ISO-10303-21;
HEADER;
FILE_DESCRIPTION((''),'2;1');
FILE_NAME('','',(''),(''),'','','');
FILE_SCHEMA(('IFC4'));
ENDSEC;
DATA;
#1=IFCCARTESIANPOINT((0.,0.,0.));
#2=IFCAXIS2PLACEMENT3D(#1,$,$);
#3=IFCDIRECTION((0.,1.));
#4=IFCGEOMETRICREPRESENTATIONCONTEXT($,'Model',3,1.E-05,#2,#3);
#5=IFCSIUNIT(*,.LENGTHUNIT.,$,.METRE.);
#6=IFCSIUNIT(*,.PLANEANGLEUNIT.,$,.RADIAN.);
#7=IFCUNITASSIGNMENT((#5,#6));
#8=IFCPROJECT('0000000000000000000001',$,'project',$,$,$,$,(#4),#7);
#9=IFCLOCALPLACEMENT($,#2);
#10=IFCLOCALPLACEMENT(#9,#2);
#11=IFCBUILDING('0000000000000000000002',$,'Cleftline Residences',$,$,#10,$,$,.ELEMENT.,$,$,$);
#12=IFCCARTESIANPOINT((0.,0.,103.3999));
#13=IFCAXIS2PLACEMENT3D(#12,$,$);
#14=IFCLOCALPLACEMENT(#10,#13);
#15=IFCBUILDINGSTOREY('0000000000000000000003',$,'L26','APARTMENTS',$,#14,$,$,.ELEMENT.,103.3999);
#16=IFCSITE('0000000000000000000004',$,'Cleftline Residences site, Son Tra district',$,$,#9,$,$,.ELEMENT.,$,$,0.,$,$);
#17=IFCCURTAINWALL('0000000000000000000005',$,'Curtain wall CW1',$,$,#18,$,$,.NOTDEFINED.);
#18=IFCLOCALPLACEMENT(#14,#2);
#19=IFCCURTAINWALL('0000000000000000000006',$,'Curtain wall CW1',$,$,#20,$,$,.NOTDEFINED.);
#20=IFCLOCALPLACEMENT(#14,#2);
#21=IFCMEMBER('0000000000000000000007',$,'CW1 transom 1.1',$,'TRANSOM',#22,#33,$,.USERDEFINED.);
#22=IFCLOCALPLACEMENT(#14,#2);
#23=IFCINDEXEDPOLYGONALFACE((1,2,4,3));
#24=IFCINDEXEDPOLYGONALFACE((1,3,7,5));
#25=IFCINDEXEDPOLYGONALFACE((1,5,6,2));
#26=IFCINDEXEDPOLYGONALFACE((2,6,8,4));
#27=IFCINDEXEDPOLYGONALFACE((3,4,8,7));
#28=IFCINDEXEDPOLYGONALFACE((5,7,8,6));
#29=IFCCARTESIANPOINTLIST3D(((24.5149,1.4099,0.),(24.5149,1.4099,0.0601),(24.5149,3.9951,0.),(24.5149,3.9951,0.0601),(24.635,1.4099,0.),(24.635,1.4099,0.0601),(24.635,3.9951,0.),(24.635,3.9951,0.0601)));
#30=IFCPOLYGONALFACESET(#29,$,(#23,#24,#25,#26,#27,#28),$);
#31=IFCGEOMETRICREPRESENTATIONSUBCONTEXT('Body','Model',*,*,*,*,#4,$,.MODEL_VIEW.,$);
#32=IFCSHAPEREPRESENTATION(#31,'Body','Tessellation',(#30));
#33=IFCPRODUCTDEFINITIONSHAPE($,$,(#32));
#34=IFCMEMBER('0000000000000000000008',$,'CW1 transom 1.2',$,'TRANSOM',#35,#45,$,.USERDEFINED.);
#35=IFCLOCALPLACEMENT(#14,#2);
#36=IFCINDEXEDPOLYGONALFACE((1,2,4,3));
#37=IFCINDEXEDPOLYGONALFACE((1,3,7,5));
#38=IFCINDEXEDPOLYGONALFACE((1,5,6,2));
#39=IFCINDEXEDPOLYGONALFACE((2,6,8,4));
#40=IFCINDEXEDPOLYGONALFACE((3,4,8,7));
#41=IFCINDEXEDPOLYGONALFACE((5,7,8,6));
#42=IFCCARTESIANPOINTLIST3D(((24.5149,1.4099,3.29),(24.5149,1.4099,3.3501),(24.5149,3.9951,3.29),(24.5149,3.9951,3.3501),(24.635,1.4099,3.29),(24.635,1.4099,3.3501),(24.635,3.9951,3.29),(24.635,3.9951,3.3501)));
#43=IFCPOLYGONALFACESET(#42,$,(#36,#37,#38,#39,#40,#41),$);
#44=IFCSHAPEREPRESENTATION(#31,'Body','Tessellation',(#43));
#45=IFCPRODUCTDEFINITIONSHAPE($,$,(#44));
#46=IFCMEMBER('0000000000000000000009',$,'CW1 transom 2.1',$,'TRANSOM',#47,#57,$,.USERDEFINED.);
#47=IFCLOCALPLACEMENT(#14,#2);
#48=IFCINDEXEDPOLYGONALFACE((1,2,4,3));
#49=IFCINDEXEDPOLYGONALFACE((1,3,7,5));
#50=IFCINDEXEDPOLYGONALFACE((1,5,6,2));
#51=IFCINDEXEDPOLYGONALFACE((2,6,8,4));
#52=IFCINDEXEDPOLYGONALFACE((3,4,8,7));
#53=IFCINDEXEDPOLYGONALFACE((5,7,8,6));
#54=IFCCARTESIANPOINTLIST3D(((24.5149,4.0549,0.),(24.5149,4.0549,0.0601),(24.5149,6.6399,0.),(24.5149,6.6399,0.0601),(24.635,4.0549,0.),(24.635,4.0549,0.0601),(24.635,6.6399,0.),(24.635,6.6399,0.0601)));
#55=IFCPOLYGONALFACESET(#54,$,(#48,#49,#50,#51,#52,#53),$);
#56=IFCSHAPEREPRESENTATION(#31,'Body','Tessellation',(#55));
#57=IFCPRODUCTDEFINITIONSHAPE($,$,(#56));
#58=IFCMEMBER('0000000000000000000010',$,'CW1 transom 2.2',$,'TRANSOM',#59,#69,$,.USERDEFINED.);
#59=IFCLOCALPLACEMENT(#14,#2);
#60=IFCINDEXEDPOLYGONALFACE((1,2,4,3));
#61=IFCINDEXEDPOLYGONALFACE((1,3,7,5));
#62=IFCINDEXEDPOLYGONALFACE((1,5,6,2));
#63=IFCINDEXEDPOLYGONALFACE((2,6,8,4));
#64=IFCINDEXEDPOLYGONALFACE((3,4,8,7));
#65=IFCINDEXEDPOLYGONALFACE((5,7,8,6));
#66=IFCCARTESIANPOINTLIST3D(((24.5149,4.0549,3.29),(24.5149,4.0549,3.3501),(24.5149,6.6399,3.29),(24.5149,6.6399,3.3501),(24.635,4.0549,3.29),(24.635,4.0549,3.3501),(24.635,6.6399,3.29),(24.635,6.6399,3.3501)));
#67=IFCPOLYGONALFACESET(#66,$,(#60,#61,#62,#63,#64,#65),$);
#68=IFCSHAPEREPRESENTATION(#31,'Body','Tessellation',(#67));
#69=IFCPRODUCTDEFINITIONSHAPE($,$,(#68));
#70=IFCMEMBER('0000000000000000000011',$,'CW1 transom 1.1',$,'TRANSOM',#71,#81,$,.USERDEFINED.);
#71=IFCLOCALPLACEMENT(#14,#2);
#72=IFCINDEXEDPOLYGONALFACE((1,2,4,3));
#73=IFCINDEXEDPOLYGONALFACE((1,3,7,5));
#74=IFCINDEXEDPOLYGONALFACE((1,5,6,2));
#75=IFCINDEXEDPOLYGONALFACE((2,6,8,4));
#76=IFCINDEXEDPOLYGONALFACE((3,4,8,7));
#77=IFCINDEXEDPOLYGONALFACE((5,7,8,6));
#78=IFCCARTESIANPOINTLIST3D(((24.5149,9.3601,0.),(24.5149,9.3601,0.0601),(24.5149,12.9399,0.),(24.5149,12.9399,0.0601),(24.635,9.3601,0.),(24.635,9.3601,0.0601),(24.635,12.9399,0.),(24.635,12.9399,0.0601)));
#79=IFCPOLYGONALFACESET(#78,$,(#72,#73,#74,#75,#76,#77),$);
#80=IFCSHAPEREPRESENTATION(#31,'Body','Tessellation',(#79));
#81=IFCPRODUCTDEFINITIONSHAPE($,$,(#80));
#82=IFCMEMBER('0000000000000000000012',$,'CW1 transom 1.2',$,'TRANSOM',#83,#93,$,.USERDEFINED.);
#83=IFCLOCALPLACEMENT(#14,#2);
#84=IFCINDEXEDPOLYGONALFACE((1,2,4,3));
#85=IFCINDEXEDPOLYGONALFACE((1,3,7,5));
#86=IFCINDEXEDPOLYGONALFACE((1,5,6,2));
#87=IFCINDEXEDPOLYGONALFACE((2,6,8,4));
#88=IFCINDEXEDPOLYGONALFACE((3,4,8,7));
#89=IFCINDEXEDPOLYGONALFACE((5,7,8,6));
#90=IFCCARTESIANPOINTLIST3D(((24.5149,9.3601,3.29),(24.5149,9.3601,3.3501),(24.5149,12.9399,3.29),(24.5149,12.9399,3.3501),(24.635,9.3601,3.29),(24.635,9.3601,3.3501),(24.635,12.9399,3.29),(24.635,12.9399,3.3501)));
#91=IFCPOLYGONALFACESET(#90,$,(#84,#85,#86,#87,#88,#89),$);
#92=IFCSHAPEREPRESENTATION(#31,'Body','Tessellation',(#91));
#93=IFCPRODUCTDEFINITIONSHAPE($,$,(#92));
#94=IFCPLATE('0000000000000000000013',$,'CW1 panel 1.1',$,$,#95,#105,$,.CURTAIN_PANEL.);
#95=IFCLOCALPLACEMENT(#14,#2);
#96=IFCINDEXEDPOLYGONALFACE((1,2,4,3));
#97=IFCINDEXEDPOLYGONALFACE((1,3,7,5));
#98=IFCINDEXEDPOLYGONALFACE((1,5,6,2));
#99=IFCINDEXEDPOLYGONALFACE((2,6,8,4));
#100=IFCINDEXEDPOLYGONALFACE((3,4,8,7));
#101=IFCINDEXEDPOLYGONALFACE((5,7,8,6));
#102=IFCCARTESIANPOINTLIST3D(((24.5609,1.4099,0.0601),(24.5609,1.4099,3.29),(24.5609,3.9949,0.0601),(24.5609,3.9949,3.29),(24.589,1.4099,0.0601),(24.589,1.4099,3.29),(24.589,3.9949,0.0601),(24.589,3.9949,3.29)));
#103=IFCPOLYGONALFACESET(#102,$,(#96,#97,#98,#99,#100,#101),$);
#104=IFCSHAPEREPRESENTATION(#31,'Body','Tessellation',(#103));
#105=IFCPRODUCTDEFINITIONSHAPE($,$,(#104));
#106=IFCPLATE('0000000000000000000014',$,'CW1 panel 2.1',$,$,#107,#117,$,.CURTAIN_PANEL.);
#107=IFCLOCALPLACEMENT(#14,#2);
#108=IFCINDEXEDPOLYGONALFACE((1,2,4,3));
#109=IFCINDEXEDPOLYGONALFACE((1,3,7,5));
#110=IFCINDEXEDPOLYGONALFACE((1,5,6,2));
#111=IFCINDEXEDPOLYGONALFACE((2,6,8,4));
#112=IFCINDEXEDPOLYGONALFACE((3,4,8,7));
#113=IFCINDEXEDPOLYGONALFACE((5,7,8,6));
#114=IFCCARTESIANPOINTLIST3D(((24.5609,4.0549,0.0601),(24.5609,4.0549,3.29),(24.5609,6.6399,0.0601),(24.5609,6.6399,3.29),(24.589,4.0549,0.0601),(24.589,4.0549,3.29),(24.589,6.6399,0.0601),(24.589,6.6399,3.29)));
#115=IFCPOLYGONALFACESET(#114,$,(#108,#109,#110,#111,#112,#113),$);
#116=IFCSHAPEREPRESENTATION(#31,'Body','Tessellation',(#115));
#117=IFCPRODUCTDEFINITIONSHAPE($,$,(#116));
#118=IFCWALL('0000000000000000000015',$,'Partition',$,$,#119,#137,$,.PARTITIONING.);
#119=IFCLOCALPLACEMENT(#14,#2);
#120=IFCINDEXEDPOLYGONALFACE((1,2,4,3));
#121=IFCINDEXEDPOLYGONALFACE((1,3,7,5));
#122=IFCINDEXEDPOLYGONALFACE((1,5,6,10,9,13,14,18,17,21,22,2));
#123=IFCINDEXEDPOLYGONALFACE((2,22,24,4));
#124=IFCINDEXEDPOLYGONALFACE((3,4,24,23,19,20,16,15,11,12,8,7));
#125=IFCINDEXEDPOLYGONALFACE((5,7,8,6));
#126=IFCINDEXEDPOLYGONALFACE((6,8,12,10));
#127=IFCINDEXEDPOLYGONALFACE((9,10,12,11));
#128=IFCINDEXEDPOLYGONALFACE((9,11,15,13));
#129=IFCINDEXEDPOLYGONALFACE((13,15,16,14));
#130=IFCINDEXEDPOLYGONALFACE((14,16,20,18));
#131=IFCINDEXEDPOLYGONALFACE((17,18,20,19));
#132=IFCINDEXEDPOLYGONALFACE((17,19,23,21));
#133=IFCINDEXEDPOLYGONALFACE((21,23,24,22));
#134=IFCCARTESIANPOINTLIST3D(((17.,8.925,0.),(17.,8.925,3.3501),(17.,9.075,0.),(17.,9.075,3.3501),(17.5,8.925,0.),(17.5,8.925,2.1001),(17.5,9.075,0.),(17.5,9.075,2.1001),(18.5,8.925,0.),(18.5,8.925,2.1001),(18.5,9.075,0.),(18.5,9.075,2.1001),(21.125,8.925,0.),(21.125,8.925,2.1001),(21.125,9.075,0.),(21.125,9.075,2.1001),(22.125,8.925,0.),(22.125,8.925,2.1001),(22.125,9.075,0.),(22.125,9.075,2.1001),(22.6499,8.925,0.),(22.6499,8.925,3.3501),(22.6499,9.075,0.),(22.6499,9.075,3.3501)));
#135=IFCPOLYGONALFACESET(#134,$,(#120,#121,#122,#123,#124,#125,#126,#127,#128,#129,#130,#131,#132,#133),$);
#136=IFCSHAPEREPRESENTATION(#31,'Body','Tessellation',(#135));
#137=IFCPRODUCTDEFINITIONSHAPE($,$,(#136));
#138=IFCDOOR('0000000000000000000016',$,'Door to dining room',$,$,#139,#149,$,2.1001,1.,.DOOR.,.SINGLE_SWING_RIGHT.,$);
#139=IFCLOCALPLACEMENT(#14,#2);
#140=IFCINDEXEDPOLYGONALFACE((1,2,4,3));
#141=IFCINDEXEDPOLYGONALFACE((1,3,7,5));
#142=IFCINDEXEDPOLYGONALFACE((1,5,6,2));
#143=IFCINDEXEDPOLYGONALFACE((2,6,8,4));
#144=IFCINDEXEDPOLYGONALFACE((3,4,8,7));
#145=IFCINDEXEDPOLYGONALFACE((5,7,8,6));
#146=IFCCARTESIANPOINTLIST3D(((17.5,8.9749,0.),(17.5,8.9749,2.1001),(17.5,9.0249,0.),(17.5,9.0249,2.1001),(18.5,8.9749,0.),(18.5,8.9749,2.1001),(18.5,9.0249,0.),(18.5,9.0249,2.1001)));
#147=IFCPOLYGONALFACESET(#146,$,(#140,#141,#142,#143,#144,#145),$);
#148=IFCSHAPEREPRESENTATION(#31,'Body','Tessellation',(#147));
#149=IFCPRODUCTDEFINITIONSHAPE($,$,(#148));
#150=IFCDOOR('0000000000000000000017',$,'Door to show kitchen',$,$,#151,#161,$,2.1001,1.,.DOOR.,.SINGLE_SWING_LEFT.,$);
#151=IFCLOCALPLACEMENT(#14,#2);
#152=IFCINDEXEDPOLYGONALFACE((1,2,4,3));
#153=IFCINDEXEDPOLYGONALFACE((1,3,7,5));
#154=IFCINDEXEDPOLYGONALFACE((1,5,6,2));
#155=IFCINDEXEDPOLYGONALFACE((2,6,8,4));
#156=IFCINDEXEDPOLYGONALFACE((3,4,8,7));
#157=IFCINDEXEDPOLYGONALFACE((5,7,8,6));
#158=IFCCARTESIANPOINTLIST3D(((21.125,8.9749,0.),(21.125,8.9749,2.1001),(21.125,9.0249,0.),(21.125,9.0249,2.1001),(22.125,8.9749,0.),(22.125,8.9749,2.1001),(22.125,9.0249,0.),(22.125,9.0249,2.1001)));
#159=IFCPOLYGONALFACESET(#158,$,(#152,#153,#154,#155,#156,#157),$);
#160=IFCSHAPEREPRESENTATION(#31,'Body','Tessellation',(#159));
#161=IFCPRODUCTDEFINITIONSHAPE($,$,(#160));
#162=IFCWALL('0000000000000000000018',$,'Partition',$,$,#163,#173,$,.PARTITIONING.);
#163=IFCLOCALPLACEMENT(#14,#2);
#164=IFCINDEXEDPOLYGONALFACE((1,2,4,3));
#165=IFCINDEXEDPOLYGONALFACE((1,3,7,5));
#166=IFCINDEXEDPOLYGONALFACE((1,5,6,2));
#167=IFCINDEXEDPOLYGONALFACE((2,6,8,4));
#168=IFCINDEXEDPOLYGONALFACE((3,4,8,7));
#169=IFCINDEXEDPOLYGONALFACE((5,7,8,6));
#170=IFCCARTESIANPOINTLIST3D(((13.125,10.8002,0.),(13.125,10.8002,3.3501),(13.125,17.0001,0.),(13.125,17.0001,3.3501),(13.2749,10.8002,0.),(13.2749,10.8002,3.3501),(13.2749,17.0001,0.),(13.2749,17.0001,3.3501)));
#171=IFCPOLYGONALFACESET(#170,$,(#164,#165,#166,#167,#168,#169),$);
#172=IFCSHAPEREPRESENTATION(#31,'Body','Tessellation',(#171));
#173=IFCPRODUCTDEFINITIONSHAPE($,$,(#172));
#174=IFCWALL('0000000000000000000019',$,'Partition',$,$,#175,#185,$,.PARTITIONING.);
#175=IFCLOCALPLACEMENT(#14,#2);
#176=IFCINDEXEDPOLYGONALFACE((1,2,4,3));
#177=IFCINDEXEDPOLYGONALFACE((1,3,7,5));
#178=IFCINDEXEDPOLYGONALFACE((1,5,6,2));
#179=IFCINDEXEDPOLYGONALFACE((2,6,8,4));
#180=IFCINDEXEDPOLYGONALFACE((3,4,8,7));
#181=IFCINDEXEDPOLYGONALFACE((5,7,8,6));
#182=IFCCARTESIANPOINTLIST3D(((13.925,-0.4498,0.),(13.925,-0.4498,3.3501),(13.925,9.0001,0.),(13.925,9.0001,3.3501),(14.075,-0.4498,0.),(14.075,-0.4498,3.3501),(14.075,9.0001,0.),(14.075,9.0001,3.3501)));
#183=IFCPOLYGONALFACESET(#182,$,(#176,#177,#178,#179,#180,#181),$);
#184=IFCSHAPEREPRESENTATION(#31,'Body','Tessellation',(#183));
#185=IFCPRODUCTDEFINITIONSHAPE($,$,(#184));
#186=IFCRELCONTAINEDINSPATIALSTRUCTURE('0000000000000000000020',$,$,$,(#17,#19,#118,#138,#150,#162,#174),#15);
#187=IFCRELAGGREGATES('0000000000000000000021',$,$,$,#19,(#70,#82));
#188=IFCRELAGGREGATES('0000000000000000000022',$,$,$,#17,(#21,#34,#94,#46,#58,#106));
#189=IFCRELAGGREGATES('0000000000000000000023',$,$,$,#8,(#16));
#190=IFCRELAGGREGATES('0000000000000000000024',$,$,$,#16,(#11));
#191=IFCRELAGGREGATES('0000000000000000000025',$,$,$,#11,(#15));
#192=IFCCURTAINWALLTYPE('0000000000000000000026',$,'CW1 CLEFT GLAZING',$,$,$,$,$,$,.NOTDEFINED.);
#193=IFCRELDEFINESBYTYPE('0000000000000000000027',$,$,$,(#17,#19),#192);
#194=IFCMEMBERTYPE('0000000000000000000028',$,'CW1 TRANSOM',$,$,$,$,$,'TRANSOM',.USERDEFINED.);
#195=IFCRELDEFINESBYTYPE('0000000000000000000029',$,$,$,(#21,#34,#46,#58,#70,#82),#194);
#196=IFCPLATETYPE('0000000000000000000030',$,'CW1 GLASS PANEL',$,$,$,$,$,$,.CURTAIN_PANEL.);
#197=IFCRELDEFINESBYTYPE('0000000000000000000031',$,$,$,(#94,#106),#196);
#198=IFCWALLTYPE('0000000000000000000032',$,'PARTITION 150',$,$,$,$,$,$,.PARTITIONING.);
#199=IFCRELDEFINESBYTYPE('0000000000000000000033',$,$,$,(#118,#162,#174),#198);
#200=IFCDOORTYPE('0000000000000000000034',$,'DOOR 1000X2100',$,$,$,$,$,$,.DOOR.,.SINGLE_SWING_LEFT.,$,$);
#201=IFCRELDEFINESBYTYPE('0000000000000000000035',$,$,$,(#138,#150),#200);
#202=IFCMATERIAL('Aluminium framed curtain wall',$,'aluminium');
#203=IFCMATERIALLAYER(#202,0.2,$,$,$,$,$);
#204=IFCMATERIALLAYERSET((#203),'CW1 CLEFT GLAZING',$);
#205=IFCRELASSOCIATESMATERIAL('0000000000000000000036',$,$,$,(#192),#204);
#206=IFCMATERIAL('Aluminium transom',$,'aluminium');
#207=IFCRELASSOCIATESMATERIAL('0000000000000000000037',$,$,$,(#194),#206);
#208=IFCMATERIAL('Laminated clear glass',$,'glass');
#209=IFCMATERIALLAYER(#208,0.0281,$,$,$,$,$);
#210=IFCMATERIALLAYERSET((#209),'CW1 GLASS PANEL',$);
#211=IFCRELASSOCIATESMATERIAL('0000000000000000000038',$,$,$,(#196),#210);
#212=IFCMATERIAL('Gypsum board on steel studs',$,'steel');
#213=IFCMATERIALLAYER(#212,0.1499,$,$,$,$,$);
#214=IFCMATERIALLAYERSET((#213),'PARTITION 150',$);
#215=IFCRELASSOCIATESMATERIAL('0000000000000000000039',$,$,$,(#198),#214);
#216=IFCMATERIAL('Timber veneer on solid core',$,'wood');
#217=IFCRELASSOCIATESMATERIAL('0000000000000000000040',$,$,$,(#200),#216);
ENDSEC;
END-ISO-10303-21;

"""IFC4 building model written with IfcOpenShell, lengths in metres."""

from ifc_helpers import new_model, si_unit, direction, frame, frame_2d, origin, origin_2d, place, context, subcontext, project, spatial, rectangle, extrude, material, layer, layer_set, material_profile, profile_set, type_object, element, fill, aggregate, save


model = new_model("IFC4")

# Units and contexts
model_context = context("Model", 3, precision=1e-05, world=origin(), true_north=direction((0.0, 1.0)))
body_context = subcontext(model_context, "Body", "Model", "MODEL_VIEW")
ifc_project = project(units=[si_unit("LENGTHUNIT", "METRE"), si_unit("PLANEANGLEUNIT", "RADIAN")], contexts=[model_context])

# Site, building, storey
site_placement = place(None, origin())
site = spatial("IfcSite", under=ifc_project, at=site_placement, Name="Cleftline Residences site, Son Tra district", CompositionType="ELEMENT", RefElevation=0.0)
building_placement = place(site_placement, origin())
building = spatial("IfcBuilding", under=site, at=building_placement, Name="Cleftline Residences", CompositionType="ELEMENT")
storey_placement = place(building_placement, frame((0.0, 0.0, 103.3999)))
storey = spatial("IfcBuildingStorey", under=building, at=storey_placement, Name="L26", Description="APARTMENTS", CompositionType="ELEMENT", Elevation=103.3999)

# Curtain wall
ifc_material_1 = material(Name="Aluminium framed curtain wall", Category="aluminium")
ifc_layer_1 = layer(ifc_material_1, 0.2)
ifc_layer_set_1 = layer_set([ifc_layer_1], Name="CW1 CLEFT GLAZING")
curtain_wall_type = type_object("IfcCurtainWallType", Name="CW1 CLEFT GLAZING", PredefinedType="NOTDEFINED", material=ifc_layer_set_1)
curtain_wall_1_placement = place(storey_placement, origin())
curtain_wall_1 = element("IfcCurtainWall", 1, at=curtain_wall_1_placement, inside=storey, type_object=curtain_wall_type, Name="Curtain wall CW1", PredefinedType="NOTDEFINED")

# Curtain wall
curtain_wall_2_placement = place(storey_placement, origin())
curtain_wall_2 = element("IfcCurtainWall", 2, at=curtain_wall_2_placement, inside=storey, type_object=curtain_wall_type, Name="Curtain wall CW1", PredefinedType="NOTDEFINED")

# Members
ifc_material_2 = material(Name="Aluminium transom", Category="aluminium")
ifc_material_profile_1 = material_profile(ifc_material_2, rectangle(XDim=0.1201, YDim=0.0601, at=origin_2d()))
ifc_profile_set_1 = profile_set([ifc_material_profile_1], Name="Aluminium transom")
member_type_1 = type_object("IfcMemberType", Name="CW1 TRANSOM", ElementType="TRANSOM", PredefinedType="USERDEFINED", material=ifc_profile_set_1)
member_1_placement = place(storey_placement, frame((24.575, 1.4099, 0.03), z_axis=(0.0, 1.0, 0.0), x_axis=(-1.0, 0.0, 0.0)))
member_1 = element("IfcMember", 3, at=member_1_placement, type_object=member_type_1, Name="CW1 transom 1.1", ObjectType="TRANSOM", PredefinedType="USERDEFINED", context=body_context, shape_type="SweptSolid", body=[
    extrude(rectangle(XDim=0.1201, YDim=0.0601, at=origin_2d()), origin(), (0.0, 0.0, 1.0), 2.5852),
])
member_2_placement = place(storey_placement, frame((24.575, 1.4099, 3.3201), z_axis=(0.0, 1.0, 0.0), x_axis=(-1.0, 0.0, 0.0)))
member_2 = element("IfcMember", 4, at=member_2_placement, type_object=member_type_1, Name="CW1 transom 1.2", ObjectType="TRANSOM", PredefinedType="USERDEFINED", context=body_context, shape_type="SweptSolid", body=[
    extrude(rectangle(XDim=0.1201, YDim=0.0601, at=origin_2d()), origin(), (0.0, 0.0, 1.0), 2.5852),
])
member_3_placement = place(storey_placement, frame((24.575, 4.0549, 0.03), z_axis=(0.0, 1.0, 0.0), x_axis=(-1.0, 0.0, 0.0)))
member_3 = element("IfcMember", 5, at=member_3_placement, type_object=member_type_1, Name="CW1 transom 2.1", ObjectType="TRANSOM", PredefinedType="USERDEFINED", context=body_context, shape_type="SweptSolid", body=[
    extrude(rectangle(XDim=0.1201, YDim=0.0601, at=origin_2d()), origin(), (0.0, 0.0, 1.0), 2.585),
])
member_4_placement = place(storey_placement, frame((24.575, 4.0549, 3.3201), z_axis=(0.0, 1.0, 0.0), x_axis=(-1.0, 0.0, 0.0)))
member_4 = element("IfcMember", 6, at=member_4_placement, type_object=member_type_1, Name="CW1 transom 2.2", ObjectType="TRANSOM", PredefinedType="USERDEFINED", context=body_context, shape_type="SweptSolid", body=[
    extrude(rectangle(XDim=0.1201, YDim=0.0601, at=origin_2d()), origin(), (0.0, 0.0, 1.0), 2.585),
])
member_5_placement = place(storey_placement, frame((24.575, 9.3601, 0.03), z_axis=(0.0, 1.0, 0.0), x_axis=(-1.0, 0.0, 0.0)))
member_5 = element("IfcMember", 7, at=member_5_placement, type_object=member_type_1, Name="CW1 transom 1.1", ObjectType="TRANSOM", PredefinedType="USERDEFINED", context=body_context, shape_type="SweptSolid", body=[
    extrude(rectangle(XDim=0.1201, YDim=0.0601, at=origin_2d()), origin(), (0.0, 0.0, 1.0), 3.5798),
])
member_6_placement = place(storey_placement, frame((24.575, 9.3601, 3.3201), z_axis=(0.0, 1.0, 0.0), x_axis=(-1.0, 0.0, 0.0)))
member_6 = element("IfcMember", 8, at=member_6_placement, type_object=member_type_1, Name="CW1 transom 1.2", ObjectType="TRANSOM", PredefinedType="USERDEFINED", context=body_context, shape_type="SweptSolid", body=[
    extrude(rectangle(XDim=0.1201, YDim=0.0601, at=origin_2d()), origin(), (0.0, 0.0, 1.0), 3.5798),
])
aggregate(curtain_wall_2, [member_5, member_6])

# Plates
ifc_material_3 = material(Name="Laminated clear glass", Category="glass")
ifc_layer_2 = layer(ifc_material_3, 0.0281)
ifc_layer_set_2 = layer_set([ifc_layer_2], Name="CW1 GLASS PANEL")
plate_type = type_object("IfcPlateType", Name="CW1 GLASS PANEL", PredefinedType="CURTAIN_PANEL", material=ifc_layer_set_2)
plate_1_placement = place(storey_placement, frame((24.575, 2.7024, 0.0601), z_axis=(0.0, 0.0, 1.0), x_axis=(0.0, 1.0, 0.0)))
plate_1 = element("IfcPlate", 9, at=plate_1_placement, type_object=plate_type, Name="CW1 panel 1.1", PredefinedType="CURTAIN_PANEL", context=body_context, shape_type="SweptSolid", body=[
    extrude(rectangle(XDim=2.585, YDim=0.0281, at=origin_2d()), origin(), (0.0, 0.0, 1.0), 3.23),
])
plate_2_placement = place(storey_placement, frame((24.575, 5.3474, 0.0601), z_axis=(0.0, 0.0, 1.0), x_axis=(0.0, 1.0, 0.0)))
plate_2 = element("IfcPlate", 10, at=plate_2_placement, type_object=plate_type, Name="CW1 panel 2.1", PredefinedType="CURTAIN_PANEL", context=body_context, shape_type="SweptSolid", body=[
    extrude(rectangle(XDim=2.585, YDim=0.0281, at=origin_2d()), origin(), (0.0, 0.0, 1.0), 3.23),
])
aggregate(curtain_wall_1, [member_1, member_2, plate_1, member_3, member_4, plate_2])

# Wall, openings, doors
ifc_material_4 = material(Name="Gypsum board on steel studs", Category="steel")
ifc_layer_3 = layer(ifc_material_4, 0.1499)
ifc_layer_set_3 = layer_set([ifc_layer_3], Name="PARTITION 150")
wall_type = type_object("IfcWallType", Name="PARTITION 150", PredefinedType="PARTITIONING", material=ifc_layer_set_3)
wall_1_placement = place(storey_placement, frame((17.0, 9.0, 0.0), z_axis=(0.0, 0.0, 1.0), x_axis=(1.0, 0.0, 0.0)))
wall_1 = element("IfcWall", 11, at=wall_1_placement, inside=storey, type_object=wall_type, Name="Partition", PredefinedType="PARTITIONING", context=body_context, shape_type="SweptSolid", body=[
    extrude(rectangle(XDim=5.6499, YDim=0.1499, at=frame_2d((2.825, 0.0))), origin(), (0.0, 0.0, 1.0), 3.3501),
])
opening_1_placement = place(wall_1_placement, frame((0.5, 0.0, 0.0)))
opening_1 = element("IfcOpeningElement", 12, at=opening_1_placement, cuts=wall_1, PredefinedType="OPENING", context=body_context, shape_type="SweptSolid", body=[
    extrude(rectangle(XDim=1.0, YDim=2.1001, at=frame_2d((0.5, 1.05))), frame((0.0, 0.085, 0.0), z_axis=(0.0, -1.0, 0.0), x_axis=(1.0, 0.0, 0.0)), (0.0, 0.0, 1.0), 0.1699),
])
opening_2_placement = place(wall_1_placement, frame((4.125, 0.0, 0.0)))
opening_2 = element("IfcOpeningElement", 13, at=opening_2_placement, cuts=wall_1, PredefinedType="OPENING", context=body_context, shape_type="SweptSolid", body=[
    extrude(rectangle(XDim=1.0, YDim=2.1001, at=frame_2d((0.5, 1.05))), frame((0.0, 0.085, 0.0), z_axis=(0.0, -1.0, 0.0), x_axis=(1.0, 0.0, 0.0)), (0.0, 0.0, 1.0), 0.1699),
])
ifc_material_5 = material(Name="Timber veneer on solid core", Category="wood")
door_type_1 = type_object("IfcDoorType", Name="DOOR 1000X2100", OperationType="SINGLE_SWING_LEFT", PredefinedType="DOOR", material=ifc_material_5)
door_1_placement = place(opening_1_placement, origin())
door_1 = element("IfcDoor", 14, at=door_1_placement, inside=storey, type_object=door_type_1, Name="Door to dining room", OperationType="SINGLE_SWING_RIGHT", OverallHeight=2.1001, OverallWidth=1.0, PredefinedType="DOOR", context=body_context, shape_type="SweptSolid", body=[
    extrude(rectangle(XDim=1.0, YDim=2.1001, at=frame_2d((0.5, 1.05))), frame((0.0, 0.0249, 0.0), z_axis=(0.0, -1.0, 0.0), x_axis=(1.0, 0.0, 0.0)), (0.0, 0.0, 1.0), 0.05),
])
fill(opening_1, door_1)
door_2_placement = place(opening_2_placement, origin())
door_2 = element("IfcDoor", 15, at=door_2_placement, inside=storey, type_object=door_type_1, Name="Door to show kitchen", OperationType="SINGLE_SWING_LEFT", OverallHeight=2.1001, OverallWidth=1.0, PredefinedType="DOOR", context=body_context, shape_type="SweptSolid", body=[
    extrude(rectangle(XDim=1.0, YDim=2.1001, at=frame_2d((0.5, 1.05))), frame((0.0, 0.0249, 0.0), z_axis=(0.0, -1.0, 0.0), x_axis=(1.0, 0.0, 0.0)), (0.0, 0.0, 1.0), 0.05),
])
fill(opening_2, door_2)

# Walls
wall_2_placement = place(storey_placement, frame((13.2, 10.8, 0.0), z_axis=(0.0, 0.0, 1.0), x_axis=(0.0, 1.0, 0.0)))
element("IfcWall", 16, at=wall_2_placement, inside=storey, type_object=wall_type, Name="Partition", PredefinedType="PARTITIONING", context=body_context, shape_type="SweptSolid", body=[
    extrude(rectangle(XDim=6.2, YDim=0.1499, at=frame_2d((3.1001, 0.0))), origin(), (0.0, 0.0, 1.0), 3.3501),
])
wall_3_placement = place(storey_placement, frame((14.0, -0.45, 0.0), z_axis=(0.0, 0.0, 1.0), x_axis=(0.0, 1.0, 0.0)))
element("IfcWall", 17, at=wall_3_placement, inside=storey, type_object=wall_type, Name="Partition", PredefinedType="PARTITIONING", context=body_context, shape_type="SweptSolid", body=[
    extrude(rectangle(XDim=9.45, YDim=0.1499, at=frame_2d((4.7251, 0.0))), origin(), (0.0, 0.0, 1.0), 3.3501),
])

save(model, "model.ifc")
